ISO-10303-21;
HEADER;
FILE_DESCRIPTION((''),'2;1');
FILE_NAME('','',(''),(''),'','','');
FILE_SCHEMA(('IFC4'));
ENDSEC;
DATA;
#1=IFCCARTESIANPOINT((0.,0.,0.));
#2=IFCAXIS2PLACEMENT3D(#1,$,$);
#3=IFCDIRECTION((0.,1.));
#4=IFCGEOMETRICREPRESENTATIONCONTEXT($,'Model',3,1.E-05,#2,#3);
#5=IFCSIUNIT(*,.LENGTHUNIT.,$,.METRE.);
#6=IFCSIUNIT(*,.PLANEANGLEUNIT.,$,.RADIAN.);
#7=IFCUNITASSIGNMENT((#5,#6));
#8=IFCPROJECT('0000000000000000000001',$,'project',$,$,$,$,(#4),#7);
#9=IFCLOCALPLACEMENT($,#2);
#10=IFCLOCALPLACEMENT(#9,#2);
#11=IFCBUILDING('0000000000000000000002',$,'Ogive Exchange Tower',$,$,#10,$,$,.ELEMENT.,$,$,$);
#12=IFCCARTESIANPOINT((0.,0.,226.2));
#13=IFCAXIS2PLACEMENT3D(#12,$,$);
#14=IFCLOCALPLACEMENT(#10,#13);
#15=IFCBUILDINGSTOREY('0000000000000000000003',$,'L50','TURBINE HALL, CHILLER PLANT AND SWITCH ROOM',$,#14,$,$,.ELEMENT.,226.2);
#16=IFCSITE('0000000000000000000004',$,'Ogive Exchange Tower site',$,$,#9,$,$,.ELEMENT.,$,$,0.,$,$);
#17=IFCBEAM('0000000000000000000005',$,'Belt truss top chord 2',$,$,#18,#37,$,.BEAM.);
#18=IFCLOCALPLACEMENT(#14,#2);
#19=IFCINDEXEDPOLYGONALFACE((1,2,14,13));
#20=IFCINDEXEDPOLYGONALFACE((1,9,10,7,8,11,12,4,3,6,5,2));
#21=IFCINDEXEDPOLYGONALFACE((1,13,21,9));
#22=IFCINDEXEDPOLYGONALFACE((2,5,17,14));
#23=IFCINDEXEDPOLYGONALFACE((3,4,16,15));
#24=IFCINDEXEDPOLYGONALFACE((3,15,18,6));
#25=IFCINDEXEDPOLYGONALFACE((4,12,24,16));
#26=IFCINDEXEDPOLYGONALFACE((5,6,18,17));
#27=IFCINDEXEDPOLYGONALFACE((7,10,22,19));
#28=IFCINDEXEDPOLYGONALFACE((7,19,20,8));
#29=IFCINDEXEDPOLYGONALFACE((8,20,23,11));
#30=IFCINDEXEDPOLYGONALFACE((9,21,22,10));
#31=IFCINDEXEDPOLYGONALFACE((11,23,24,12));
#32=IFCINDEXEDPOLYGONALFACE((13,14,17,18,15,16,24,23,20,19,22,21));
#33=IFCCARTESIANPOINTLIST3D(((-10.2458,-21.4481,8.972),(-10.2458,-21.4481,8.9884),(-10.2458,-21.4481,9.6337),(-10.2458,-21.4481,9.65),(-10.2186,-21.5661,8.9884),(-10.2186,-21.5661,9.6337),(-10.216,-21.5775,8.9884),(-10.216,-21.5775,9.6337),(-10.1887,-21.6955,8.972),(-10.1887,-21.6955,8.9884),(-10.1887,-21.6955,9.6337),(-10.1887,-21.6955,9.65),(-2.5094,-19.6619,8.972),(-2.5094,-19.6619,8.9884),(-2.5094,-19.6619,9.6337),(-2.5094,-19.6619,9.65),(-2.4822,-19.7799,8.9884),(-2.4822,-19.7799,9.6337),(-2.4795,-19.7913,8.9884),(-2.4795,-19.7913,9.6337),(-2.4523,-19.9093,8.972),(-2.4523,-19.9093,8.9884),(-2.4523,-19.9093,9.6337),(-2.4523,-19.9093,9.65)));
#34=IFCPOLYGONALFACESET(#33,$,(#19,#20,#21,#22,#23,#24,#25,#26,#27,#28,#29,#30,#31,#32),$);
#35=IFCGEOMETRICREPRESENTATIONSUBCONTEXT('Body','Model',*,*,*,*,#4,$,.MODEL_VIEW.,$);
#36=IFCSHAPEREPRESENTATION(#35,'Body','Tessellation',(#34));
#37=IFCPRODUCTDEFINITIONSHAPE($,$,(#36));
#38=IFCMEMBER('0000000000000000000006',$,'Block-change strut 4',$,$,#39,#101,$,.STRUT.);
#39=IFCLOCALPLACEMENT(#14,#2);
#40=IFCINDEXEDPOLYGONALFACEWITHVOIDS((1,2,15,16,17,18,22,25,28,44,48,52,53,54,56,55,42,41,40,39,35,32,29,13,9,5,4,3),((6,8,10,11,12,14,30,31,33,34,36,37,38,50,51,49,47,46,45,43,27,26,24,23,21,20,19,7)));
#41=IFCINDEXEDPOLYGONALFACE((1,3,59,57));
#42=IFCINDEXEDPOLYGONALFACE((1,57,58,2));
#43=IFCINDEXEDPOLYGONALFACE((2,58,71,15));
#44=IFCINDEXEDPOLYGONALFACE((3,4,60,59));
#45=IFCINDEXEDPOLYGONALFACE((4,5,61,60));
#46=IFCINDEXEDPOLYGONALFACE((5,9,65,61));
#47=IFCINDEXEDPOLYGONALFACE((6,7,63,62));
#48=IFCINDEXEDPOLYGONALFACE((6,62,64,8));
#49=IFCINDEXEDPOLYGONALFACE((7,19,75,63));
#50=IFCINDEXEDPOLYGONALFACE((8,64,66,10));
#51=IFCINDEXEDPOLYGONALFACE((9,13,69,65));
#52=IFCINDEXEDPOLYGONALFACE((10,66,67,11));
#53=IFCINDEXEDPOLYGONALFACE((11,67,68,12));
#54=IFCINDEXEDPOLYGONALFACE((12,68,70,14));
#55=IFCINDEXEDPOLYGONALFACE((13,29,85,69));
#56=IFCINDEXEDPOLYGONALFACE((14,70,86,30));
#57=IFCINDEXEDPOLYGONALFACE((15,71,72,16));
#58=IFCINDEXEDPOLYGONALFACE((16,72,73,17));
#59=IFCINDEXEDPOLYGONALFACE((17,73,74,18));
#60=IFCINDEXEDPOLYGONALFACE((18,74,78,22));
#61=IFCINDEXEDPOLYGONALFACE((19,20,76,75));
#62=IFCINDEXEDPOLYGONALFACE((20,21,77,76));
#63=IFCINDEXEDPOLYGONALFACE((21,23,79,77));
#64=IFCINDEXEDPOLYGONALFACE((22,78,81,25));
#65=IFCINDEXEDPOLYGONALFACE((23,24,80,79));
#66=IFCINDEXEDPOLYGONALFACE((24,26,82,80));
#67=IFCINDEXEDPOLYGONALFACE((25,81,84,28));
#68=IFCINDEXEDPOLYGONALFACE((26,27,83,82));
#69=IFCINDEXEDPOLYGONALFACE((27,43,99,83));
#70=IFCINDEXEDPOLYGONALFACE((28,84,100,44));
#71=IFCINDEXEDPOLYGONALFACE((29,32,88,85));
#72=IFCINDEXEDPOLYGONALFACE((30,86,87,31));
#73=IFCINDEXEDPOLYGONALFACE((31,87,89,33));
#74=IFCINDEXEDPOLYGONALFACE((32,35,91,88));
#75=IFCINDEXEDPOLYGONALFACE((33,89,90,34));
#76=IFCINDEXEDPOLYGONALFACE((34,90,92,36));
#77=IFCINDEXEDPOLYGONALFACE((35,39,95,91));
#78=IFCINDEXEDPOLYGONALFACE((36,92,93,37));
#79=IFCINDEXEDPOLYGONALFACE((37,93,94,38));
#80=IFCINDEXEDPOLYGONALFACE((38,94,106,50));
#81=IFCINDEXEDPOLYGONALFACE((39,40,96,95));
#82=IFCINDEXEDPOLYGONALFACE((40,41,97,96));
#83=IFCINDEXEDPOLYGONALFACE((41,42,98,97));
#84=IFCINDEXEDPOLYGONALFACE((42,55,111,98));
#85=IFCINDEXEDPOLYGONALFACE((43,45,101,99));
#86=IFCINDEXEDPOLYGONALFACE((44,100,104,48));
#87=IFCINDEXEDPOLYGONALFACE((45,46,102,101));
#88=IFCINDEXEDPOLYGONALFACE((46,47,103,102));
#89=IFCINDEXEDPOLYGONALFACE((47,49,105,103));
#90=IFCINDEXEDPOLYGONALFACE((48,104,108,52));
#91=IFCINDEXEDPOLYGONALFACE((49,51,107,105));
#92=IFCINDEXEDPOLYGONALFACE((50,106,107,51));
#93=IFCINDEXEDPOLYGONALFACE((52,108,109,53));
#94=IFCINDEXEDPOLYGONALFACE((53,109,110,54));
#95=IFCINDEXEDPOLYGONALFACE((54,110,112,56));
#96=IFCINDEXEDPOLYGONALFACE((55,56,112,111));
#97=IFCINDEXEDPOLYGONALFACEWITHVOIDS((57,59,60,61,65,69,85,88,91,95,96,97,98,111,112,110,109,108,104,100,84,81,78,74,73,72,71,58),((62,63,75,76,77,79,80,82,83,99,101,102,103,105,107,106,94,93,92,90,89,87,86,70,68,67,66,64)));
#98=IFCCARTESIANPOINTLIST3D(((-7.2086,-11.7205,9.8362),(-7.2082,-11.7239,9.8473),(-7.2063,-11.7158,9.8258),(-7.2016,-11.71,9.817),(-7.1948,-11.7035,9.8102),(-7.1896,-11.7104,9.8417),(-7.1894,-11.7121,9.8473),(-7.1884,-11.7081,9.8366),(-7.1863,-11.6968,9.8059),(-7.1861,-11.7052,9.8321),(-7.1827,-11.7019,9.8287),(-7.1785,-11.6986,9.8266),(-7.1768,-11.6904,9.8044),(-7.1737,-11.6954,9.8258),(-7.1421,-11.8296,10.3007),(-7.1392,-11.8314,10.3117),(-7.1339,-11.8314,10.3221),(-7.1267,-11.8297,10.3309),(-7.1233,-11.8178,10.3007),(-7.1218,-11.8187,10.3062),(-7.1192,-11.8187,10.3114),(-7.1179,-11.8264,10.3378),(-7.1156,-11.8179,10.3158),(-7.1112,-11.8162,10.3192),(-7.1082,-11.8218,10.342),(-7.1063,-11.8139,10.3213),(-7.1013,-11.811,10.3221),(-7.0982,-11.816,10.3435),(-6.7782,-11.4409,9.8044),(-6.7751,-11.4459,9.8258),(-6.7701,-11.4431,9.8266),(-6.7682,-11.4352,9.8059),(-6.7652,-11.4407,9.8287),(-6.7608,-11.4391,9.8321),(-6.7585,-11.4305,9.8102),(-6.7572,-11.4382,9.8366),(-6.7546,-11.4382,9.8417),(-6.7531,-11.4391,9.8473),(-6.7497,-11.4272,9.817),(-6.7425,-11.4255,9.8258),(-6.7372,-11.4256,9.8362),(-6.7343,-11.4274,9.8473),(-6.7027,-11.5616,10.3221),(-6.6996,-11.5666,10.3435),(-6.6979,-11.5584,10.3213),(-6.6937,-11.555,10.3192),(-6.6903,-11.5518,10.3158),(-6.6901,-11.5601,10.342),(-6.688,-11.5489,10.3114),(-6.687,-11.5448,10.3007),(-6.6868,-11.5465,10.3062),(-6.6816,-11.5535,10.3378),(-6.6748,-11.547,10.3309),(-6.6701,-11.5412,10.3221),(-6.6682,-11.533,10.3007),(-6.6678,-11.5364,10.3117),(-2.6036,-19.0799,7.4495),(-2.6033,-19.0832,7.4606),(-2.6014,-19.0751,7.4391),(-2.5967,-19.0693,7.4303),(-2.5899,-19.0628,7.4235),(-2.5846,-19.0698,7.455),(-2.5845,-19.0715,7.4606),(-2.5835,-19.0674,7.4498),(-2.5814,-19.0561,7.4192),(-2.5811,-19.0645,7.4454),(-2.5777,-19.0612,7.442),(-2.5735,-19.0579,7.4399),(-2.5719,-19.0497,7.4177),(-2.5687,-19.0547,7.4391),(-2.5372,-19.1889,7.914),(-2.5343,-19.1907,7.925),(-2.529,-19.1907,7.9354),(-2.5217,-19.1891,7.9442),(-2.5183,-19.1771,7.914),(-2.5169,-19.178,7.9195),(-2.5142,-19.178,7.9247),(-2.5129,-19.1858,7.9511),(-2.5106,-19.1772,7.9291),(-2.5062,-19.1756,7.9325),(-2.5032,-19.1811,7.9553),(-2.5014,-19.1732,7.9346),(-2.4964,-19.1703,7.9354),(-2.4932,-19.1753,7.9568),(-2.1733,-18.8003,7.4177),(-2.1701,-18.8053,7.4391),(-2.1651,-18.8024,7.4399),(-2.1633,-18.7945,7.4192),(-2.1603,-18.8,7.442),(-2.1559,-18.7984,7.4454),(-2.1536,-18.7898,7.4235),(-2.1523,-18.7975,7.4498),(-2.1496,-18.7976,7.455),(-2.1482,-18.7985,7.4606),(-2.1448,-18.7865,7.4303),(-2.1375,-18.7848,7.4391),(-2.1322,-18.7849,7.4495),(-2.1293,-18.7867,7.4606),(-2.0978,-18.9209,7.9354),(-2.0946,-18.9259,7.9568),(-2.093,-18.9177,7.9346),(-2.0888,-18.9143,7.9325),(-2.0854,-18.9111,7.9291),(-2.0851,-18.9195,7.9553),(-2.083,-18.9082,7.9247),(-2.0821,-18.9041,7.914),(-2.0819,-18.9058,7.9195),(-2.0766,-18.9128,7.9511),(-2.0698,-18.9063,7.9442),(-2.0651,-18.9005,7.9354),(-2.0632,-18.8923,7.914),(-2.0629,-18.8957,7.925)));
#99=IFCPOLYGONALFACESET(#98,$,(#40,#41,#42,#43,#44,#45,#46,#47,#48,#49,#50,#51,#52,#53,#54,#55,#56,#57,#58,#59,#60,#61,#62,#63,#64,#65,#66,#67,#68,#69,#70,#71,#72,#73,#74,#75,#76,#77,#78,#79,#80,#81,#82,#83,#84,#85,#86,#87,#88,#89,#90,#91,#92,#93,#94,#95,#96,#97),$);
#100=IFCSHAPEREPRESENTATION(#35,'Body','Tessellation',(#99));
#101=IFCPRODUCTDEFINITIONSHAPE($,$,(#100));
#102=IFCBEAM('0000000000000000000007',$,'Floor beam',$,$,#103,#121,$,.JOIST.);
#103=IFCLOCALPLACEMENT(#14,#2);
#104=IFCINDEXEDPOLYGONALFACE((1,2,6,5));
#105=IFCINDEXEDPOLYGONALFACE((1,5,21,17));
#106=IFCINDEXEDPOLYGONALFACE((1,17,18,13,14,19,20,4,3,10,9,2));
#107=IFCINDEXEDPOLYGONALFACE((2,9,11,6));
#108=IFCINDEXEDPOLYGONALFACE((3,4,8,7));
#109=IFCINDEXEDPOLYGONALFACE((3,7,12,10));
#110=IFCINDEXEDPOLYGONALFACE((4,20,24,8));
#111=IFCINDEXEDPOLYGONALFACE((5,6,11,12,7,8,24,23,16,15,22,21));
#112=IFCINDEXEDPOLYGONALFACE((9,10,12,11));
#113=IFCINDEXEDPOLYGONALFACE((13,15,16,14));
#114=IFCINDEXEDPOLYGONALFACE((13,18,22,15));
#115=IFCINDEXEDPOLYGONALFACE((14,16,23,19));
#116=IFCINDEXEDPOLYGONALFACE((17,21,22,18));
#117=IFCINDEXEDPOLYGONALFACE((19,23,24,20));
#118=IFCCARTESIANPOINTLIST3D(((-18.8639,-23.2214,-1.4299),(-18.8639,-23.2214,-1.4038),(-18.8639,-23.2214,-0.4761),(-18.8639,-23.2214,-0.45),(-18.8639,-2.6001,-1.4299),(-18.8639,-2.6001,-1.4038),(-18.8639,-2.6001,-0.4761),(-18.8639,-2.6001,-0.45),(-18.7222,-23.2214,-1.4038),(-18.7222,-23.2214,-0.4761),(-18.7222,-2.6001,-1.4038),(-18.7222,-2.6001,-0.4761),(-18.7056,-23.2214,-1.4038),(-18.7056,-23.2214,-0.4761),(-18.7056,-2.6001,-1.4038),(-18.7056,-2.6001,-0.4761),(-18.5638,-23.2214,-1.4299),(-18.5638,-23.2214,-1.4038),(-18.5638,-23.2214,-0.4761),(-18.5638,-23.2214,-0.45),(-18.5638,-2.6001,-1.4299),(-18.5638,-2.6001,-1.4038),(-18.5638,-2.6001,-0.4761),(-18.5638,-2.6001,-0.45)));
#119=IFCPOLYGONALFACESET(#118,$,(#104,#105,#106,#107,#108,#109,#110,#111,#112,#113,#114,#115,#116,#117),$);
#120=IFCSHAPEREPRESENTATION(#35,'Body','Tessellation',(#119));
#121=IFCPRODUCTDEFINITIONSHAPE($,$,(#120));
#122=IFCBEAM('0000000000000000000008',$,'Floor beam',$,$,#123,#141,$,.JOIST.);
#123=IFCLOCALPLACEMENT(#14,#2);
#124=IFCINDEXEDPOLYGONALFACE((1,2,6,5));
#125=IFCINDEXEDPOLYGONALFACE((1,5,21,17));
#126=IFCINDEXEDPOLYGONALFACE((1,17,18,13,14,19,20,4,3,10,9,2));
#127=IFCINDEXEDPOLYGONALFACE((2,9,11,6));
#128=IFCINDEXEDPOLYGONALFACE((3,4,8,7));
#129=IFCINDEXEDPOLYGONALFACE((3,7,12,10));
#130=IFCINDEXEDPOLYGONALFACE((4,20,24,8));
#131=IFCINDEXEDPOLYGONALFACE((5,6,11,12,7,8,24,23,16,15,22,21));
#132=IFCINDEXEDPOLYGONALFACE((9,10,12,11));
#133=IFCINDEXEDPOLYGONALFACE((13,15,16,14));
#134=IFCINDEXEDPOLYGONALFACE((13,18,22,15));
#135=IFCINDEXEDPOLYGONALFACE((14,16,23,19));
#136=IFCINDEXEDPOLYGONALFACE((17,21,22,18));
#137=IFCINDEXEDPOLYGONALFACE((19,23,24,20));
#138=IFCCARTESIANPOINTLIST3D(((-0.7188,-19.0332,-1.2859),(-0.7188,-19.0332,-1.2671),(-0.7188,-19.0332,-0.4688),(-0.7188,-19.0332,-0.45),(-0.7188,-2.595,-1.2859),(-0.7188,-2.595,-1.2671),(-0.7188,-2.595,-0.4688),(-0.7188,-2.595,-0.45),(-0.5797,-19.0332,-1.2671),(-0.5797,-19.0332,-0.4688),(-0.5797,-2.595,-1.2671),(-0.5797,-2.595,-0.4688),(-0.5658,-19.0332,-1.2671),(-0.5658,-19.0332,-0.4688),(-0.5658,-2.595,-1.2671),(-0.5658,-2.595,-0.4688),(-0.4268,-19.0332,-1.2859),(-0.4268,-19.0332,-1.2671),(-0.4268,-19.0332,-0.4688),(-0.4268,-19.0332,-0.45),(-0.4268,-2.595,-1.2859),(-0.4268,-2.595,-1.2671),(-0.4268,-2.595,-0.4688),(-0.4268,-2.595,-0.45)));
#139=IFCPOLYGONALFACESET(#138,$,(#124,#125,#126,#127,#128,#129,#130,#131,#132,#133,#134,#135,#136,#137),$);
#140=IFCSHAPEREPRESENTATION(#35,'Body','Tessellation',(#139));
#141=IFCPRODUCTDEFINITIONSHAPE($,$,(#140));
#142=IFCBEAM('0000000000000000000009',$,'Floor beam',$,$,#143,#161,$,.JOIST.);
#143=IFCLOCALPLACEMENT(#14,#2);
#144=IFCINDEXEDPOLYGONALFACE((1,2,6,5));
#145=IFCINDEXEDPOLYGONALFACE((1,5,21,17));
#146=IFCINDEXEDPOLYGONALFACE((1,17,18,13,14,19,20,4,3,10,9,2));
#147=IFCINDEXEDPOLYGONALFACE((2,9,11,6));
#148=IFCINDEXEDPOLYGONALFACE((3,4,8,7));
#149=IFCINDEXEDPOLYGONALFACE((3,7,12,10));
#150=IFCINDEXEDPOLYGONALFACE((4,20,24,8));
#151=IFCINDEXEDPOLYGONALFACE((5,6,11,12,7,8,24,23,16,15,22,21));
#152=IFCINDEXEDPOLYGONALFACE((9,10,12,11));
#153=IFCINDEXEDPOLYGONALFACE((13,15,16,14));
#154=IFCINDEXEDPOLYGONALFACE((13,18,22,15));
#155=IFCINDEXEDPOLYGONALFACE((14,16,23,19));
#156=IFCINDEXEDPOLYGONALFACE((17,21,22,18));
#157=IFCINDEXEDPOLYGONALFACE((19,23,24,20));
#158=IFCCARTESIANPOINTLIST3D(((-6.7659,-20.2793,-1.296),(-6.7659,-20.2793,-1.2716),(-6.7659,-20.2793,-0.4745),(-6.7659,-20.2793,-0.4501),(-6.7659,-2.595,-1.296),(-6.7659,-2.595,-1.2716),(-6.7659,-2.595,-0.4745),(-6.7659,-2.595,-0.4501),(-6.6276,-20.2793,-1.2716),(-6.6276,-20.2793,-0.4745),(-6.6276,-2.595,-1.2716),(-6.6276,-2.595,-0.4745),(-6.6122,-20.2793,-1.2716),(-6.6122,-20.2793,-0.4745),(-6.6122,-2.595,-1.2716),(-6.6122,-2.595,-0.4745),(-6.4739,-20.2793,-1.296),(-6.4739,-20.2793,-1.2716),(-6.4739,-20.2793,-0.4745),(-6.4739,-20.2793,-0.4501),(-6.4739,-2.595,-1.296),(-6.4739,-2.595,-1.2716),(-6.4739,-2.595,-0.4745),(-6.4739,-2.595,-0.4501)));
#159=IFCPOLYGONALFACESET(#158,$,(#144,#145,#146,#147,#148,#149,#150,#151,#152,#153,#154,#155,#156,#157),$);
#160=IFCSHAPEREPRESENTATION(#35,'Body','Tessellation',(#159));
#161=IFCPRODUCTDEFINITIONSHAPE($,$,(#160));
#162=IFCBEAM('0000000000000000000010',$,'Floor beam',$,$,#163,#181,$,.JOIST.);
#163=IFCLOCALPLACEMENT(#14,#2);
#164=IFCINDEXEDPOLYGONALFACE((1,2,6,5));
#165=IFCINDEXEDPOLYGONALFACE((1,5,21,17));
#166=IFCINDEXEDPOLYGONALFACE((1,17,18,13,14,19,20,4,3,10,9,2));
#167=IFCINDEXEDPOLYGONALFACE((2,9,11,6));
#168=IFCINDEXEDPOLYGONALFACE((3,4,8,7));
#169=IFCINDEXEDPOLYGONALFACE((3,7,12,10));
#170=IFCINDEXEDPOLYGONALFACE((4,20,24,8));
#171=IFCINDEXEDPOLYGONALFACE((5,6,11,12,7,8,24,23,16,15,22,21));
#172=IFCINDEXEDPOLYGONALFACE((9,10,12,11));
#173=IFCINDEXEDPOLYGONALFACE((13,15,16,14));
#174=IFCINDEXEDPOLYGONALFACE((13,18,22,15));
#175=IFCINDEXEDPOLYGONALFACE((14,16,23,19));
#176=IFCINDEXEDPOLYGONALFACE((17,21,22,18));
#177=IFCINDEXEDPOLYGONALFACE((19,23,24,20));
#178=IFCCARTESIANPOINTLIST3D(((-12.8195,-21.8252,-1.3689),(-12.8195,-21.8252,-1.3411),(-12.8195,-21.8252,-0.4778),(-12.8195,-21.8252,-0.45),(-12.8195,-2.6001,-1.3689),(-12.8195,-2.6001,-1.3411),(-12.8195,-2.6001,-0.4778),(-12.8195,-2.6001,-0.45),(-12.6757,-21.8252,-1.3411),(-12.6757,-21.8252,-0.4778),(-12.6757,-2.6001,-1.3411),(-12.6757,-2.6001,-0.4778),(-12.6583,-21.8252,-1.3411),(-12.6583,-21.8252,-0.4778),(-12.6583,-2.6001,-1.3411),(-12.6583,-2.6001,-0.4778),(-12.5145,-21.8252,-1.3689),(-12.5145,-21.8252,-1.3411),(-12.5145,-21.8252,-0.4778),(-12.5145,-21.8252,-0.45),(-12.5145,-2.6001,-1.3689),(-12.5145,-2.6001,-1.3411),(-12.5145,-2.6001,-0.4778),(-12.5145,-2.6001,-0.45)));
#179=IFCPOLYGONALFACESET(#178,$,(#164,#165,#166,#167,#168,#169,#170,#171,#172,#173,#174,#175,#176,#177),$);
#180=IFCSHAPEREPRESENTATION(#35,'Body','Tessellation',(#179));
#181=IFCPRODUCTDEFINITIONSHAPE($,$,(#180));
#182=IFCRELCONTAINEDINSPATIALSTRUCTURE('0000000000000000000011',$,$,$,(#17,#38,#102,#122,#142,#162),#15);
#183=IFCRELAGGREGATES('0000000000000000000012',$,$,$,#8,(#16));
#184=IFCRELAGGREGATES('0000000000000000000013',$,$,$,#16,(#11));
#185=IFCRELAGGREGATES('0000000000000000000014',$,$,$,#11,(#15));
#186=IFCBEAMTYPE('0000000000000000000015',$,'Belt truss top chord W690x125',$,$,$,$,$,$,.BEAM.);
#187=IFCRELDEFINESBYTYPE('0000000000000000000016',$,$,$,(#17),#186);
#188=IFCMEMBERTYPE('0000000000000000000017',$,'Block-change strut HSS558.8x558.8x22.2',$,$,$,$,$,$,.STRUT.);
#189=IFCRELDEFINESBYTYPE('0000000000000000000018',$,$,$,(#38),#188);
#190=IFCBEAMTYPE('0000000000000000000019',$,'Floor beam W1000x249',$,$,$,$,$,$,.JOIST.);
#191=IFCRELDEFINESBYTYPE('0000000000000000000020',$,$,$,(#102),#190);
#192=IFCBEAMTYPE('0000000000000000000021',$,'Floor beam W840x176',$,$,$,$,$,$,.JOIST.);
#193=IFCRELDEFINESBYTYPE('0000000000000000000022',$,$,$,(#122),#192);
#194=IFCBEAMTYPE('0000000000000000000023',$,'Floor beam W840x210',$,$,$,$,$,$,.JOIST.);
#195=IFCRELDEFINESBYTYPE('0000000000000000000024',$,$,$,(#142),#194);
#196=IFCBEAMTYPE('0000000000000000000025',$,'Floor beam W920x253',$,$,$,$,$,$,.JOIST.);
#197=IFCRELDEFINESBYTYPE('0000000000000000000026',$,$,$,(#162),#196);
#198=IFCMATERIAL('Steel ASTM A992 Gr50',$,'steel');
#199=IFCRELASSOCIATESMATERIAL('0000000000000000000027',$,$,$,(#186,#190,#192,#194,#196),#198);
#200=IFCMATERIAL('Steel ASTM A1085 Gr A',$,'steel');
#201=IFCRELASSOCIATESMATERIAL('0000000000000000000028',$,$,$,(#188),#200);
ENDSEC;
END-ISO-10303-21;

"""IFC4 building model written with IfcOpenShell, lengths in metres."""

from ifc_helpers import new_model, si_unit, direction, frame, origin, origin_2d, place, context, subcontext, project, spatial, hollow_rectangle, i_section, extrude, material, material_profile, profile_set, type_object, element, save


model = new_model("IFC4")

# Units and contexts
model_context = context("Model", 3, precision=1e-05, world=origin(), true_north=direction((0.0, 1.0)))
body_context = subcontext(model_context, "Body", "Model", "MODEL_VIEW")
ifc_project = project(units=[si_unit("LENGTHUNIT", "METRE"), si_unit("PLANEANGLEUNIT", "RADIAN")], contexts=[model_context])

# Site, building, storey
site_placement = place(None, origin())
site = spatial("IfcSite", under=ifc_project, at=site_placement, Name="Ogive Exchange Tower site", CompositionType="ELEMENT", RefElevation=0.0)
building_placement = place(site_placement, origin())
building = spatial("IfcBuilding", under=site, at=building_placement, Name="Ogive Exchange Tower", CompositionType="ELEMENT")
storey_placement = place(building_placement, frame((0.0, 0.0, 226.2)))
storey = spatial("IfcBuildingStorey", under=building, at=storey_placement, Name="L50", Description="TURBINE HALL, CHILLER PLANT AND SWITCH ROOM", CompositionType="ELEMENT", Elevation=226.2)

# Shared definitions
ifc_material_1 = material(Name="Steel ASTM A992 Gr50", Category="steel")

# Shared definitions
ifc_material_2 = material(Name="Steel ASTM A1085 Gr A", Category="steel")

# Beam
ifc_material_profile_1 = material_profile(ifc_material_1, i_section(OverallWidth=0.2539, OverallDepth=0.678, WebThickness=0.0117, FlangeThickness=0.0164, at=origin_2d()), Name="W690x125")
ifc_profile_set_1 = profile_set([ifc_material_profile_1], Name="Steel ASTM A992 Gr50")
beam_type_1 = type_object("IfcBeamType", Name="Belt truss top chord W690x125", PredefinedType="BEAM", material=ifc_profile_set_1)
beam_1_placement = place(storey_placement, frame((-10.2173, -21.5718, 9.311), z_axis=(0.974368, 0.224958, 0.0), x_axis=(-0.224958, 0.974368, 0.0)))
element("IfcBeam", 1, at=beam_1_placement, inside=storey, type_object=beam_type_1, Name="Belt truss top chord 2", PredefinedType="BEAM", context=body_context, shape_type="SweptSolid", body=[
    extrude(i_section(OverallWidth=0.2539, OverallDepth=0.678, WebThickness=0.0117, FlangeThickness=0.0164, at=origin_2d()), origin(), (0.0, 0.0, 1.0), 7.9399),
])

# Member
ifc_material_profile_2 = material_profile(ifc_material_2, hollow_rectangle(XDim=0.5591, YDim=0.5591, WallThickness=0.0222, InnerFilletRadius=0.0222, OuterFilletRadius=0.0444, at=origin_2d()), Name="HSS558.8x558.8x22.2")
ifc_profile_set_2 = profile_set([ifc_material_profile_2], Name="Steel ASTM A1085 Gr A")
member_type_1 = type_object("IfcMemberType", Name="Block-change strut HSS558.8x558.8x22.2", PredefinedType="STRUT", material=ifc_profile_set_2)
member_1_placement = place(storey_placement, frame((-2.3333, -18.9878, 7.6873), z_axis=(-0.511467, 0.817392, 0.265088), x_axis=(-0.84772, -0.530444, 0.0)))
element("IfcMember", 2, at=member_1_placement, inside=storey, type_object=member_type_1, Name="Block-change strut 4", PredefinedType="STRUT", context=body_context, shape_type="SweptSolid", body=[
    extrude(hollow_rectangle(XDim=0.5591, YDim=0.5591, WallThickness=0.0222, InnerFilletRadius=0.0222, OuterFilletRadius=0.0444, at=origin_2d()), origin(), (0.0, 0.0, 1.0), 9.0034),
])

# Beams
ifc_material_profile_3 = material_profile(ifc_material_1, i_section(OverallWidth=0.3, OverallDepth=0.98, WebThickness=0.0166, FlangeThickness=0.0261, at=origin_2d()), Name="W1000x249")
ifc_profile_set_3 = profile_set([ifc_material_profile_3], Name="Steel ASTM A992 Gr50")
beam_type_2 = type_object("IfcBeamType", Name="Floor beam W1000x249", PredefinedType="JOIST", material=ifc_profile_set_3)
beam_2_placement = place(storey_placement, frame((-18.7139, -23.2214, -0.9399), z_axis=(0.0, 1.0, 0.0), x_axis=(-1.0, 0.0, 0.0)))
element("IfcBeam", 3, at=beam_2_placement, inside=storey, type_object=beam_type_2, Name="Floor beam", PredefinedType="JOIST", context=body_context, shape_type="SweptSolid", body=[
    extrude(i_section(OverallWidth=0.3, OverallDepth=0.98, WebThickness=0.0166, FlangeThickness=0.0261, at=origin_2d()), origin(), (0.0, 0.0, 1.0), 20.6213),
])
ifc_material_profile_4 = material_profile(ifc_material_1, i_section(OverallWidth=0.292, OverallDepth=0.8359, WebThickness=0.0139, FlangeThickness=0.0188, at=origin_2d()), Name="W840x176")
ifc_profile_set_4 = profile_set([ifc_material_profile_4], Name="Steel ASTM A992 Gr50")
beam_type_3 = type_object("IfcBeamType", Name="Floor beam W840x176", PredefinedType="JOIST", material=ifc_profile_set_4)
beam_3_placement = place(storey_placement, frame((-0.5728, -19.0332, -0.8679), z_axis=(0.0, 1.0, 0.0), x_axis=(-1.0, 0.0, 0.0)))
element("IfcBeam", 4, at=beam_3_placement, inside=storey, type_object=beam_type_3, Name="Floor beam", PredefinedType="JOIST", context=body_context, shape_type="SweptSolid", body=[
    extrude(i_section(OverallWidth=0.292, OverallDepth=0.8359, WebThickness=0.0139, FlangeThickness=0.0188, at=origin_2d()), origin(), (0.0, 0.0, 1.0), 16.4382),
])
ifc_material_profile_5 = material_profile(ifc_material_1, i_section(OverallWidth=0.292, OverallDepth=0.8459, WebThickness=0.0154, FlangeThickness=0.0244, at=origin_2d()), Name="W840x210")
ifc_profile_set_5 = profile_set([ifc_material_profile_5], Name="Steel ASTM A992 Gr50")
beam_type_4 = type_object("IfcBeamType", Name="Floor beam W840x210", PredefinedType="JOIST", material=ifc_profile_set_5)
beam_4_placement = place(storey_placement, frame((-6.6199, -20.2793, -0.873), z_axis=(0.0, 1.0, 0.0), x_axis=(-1.0, 0.0, 0.0)))
element("IfcBeam", 5, at=beam_4_placement, inside=storey, type_object=beam_type_4, Name="Floor beam", PredefinedType="JOIST", context=body_context, shape_type="SweptSolid", body=[
    extrude(i_section(OverallWidth=0.292, OverallDepth=0.8459, WebThickness=0.0154, FlangeThickness=0.0244, at=origin_2d()), origin(), (0.0, 0.0, 1.0), 17.6843),
])
ifc_material_profile_6 = material_profile(ifc_material_1, i_section(OverallWidth=0.3049, OverallDepth=0.9189, WebThickness=0.0173, FlangeThickness=0.0278, at=origin_2d()), Name="W920x253")
ifc_profile_set_6 = profile_set([ifc_material_profile_6], Name="Steel ASTM A992 Gr50")
beam_type_5 = type_object("IfcBeamType", Name="Floor beam W920x253", PredefinedType="JOIST", material=ifc_profile_set_6)
beam_5_placement = place(storey_placement, frame((-12.667, -21.8252, -0.9094), z_axis=(0.0, 1.0, 0.0), x_axis=(-1.0, 0.0, 0.0)))
element("IfcBeam", 6, at=beam_5_placement, inside=storey, type_object=beam_type_5, Name="Floor beam", PredefinedType="JOIST", context=body_context, shape_type="SweptSolid", body=[
    extrude(i_section(OverallWidth=0.3049, OverallDepth=0.9189, WebThickness=0.0173, FlangeThickness=0.0278, at=origin_2d()), origin(), (0.0, 0.0, 1.0), 19.2251),
])

save(model, "model.ifc")
